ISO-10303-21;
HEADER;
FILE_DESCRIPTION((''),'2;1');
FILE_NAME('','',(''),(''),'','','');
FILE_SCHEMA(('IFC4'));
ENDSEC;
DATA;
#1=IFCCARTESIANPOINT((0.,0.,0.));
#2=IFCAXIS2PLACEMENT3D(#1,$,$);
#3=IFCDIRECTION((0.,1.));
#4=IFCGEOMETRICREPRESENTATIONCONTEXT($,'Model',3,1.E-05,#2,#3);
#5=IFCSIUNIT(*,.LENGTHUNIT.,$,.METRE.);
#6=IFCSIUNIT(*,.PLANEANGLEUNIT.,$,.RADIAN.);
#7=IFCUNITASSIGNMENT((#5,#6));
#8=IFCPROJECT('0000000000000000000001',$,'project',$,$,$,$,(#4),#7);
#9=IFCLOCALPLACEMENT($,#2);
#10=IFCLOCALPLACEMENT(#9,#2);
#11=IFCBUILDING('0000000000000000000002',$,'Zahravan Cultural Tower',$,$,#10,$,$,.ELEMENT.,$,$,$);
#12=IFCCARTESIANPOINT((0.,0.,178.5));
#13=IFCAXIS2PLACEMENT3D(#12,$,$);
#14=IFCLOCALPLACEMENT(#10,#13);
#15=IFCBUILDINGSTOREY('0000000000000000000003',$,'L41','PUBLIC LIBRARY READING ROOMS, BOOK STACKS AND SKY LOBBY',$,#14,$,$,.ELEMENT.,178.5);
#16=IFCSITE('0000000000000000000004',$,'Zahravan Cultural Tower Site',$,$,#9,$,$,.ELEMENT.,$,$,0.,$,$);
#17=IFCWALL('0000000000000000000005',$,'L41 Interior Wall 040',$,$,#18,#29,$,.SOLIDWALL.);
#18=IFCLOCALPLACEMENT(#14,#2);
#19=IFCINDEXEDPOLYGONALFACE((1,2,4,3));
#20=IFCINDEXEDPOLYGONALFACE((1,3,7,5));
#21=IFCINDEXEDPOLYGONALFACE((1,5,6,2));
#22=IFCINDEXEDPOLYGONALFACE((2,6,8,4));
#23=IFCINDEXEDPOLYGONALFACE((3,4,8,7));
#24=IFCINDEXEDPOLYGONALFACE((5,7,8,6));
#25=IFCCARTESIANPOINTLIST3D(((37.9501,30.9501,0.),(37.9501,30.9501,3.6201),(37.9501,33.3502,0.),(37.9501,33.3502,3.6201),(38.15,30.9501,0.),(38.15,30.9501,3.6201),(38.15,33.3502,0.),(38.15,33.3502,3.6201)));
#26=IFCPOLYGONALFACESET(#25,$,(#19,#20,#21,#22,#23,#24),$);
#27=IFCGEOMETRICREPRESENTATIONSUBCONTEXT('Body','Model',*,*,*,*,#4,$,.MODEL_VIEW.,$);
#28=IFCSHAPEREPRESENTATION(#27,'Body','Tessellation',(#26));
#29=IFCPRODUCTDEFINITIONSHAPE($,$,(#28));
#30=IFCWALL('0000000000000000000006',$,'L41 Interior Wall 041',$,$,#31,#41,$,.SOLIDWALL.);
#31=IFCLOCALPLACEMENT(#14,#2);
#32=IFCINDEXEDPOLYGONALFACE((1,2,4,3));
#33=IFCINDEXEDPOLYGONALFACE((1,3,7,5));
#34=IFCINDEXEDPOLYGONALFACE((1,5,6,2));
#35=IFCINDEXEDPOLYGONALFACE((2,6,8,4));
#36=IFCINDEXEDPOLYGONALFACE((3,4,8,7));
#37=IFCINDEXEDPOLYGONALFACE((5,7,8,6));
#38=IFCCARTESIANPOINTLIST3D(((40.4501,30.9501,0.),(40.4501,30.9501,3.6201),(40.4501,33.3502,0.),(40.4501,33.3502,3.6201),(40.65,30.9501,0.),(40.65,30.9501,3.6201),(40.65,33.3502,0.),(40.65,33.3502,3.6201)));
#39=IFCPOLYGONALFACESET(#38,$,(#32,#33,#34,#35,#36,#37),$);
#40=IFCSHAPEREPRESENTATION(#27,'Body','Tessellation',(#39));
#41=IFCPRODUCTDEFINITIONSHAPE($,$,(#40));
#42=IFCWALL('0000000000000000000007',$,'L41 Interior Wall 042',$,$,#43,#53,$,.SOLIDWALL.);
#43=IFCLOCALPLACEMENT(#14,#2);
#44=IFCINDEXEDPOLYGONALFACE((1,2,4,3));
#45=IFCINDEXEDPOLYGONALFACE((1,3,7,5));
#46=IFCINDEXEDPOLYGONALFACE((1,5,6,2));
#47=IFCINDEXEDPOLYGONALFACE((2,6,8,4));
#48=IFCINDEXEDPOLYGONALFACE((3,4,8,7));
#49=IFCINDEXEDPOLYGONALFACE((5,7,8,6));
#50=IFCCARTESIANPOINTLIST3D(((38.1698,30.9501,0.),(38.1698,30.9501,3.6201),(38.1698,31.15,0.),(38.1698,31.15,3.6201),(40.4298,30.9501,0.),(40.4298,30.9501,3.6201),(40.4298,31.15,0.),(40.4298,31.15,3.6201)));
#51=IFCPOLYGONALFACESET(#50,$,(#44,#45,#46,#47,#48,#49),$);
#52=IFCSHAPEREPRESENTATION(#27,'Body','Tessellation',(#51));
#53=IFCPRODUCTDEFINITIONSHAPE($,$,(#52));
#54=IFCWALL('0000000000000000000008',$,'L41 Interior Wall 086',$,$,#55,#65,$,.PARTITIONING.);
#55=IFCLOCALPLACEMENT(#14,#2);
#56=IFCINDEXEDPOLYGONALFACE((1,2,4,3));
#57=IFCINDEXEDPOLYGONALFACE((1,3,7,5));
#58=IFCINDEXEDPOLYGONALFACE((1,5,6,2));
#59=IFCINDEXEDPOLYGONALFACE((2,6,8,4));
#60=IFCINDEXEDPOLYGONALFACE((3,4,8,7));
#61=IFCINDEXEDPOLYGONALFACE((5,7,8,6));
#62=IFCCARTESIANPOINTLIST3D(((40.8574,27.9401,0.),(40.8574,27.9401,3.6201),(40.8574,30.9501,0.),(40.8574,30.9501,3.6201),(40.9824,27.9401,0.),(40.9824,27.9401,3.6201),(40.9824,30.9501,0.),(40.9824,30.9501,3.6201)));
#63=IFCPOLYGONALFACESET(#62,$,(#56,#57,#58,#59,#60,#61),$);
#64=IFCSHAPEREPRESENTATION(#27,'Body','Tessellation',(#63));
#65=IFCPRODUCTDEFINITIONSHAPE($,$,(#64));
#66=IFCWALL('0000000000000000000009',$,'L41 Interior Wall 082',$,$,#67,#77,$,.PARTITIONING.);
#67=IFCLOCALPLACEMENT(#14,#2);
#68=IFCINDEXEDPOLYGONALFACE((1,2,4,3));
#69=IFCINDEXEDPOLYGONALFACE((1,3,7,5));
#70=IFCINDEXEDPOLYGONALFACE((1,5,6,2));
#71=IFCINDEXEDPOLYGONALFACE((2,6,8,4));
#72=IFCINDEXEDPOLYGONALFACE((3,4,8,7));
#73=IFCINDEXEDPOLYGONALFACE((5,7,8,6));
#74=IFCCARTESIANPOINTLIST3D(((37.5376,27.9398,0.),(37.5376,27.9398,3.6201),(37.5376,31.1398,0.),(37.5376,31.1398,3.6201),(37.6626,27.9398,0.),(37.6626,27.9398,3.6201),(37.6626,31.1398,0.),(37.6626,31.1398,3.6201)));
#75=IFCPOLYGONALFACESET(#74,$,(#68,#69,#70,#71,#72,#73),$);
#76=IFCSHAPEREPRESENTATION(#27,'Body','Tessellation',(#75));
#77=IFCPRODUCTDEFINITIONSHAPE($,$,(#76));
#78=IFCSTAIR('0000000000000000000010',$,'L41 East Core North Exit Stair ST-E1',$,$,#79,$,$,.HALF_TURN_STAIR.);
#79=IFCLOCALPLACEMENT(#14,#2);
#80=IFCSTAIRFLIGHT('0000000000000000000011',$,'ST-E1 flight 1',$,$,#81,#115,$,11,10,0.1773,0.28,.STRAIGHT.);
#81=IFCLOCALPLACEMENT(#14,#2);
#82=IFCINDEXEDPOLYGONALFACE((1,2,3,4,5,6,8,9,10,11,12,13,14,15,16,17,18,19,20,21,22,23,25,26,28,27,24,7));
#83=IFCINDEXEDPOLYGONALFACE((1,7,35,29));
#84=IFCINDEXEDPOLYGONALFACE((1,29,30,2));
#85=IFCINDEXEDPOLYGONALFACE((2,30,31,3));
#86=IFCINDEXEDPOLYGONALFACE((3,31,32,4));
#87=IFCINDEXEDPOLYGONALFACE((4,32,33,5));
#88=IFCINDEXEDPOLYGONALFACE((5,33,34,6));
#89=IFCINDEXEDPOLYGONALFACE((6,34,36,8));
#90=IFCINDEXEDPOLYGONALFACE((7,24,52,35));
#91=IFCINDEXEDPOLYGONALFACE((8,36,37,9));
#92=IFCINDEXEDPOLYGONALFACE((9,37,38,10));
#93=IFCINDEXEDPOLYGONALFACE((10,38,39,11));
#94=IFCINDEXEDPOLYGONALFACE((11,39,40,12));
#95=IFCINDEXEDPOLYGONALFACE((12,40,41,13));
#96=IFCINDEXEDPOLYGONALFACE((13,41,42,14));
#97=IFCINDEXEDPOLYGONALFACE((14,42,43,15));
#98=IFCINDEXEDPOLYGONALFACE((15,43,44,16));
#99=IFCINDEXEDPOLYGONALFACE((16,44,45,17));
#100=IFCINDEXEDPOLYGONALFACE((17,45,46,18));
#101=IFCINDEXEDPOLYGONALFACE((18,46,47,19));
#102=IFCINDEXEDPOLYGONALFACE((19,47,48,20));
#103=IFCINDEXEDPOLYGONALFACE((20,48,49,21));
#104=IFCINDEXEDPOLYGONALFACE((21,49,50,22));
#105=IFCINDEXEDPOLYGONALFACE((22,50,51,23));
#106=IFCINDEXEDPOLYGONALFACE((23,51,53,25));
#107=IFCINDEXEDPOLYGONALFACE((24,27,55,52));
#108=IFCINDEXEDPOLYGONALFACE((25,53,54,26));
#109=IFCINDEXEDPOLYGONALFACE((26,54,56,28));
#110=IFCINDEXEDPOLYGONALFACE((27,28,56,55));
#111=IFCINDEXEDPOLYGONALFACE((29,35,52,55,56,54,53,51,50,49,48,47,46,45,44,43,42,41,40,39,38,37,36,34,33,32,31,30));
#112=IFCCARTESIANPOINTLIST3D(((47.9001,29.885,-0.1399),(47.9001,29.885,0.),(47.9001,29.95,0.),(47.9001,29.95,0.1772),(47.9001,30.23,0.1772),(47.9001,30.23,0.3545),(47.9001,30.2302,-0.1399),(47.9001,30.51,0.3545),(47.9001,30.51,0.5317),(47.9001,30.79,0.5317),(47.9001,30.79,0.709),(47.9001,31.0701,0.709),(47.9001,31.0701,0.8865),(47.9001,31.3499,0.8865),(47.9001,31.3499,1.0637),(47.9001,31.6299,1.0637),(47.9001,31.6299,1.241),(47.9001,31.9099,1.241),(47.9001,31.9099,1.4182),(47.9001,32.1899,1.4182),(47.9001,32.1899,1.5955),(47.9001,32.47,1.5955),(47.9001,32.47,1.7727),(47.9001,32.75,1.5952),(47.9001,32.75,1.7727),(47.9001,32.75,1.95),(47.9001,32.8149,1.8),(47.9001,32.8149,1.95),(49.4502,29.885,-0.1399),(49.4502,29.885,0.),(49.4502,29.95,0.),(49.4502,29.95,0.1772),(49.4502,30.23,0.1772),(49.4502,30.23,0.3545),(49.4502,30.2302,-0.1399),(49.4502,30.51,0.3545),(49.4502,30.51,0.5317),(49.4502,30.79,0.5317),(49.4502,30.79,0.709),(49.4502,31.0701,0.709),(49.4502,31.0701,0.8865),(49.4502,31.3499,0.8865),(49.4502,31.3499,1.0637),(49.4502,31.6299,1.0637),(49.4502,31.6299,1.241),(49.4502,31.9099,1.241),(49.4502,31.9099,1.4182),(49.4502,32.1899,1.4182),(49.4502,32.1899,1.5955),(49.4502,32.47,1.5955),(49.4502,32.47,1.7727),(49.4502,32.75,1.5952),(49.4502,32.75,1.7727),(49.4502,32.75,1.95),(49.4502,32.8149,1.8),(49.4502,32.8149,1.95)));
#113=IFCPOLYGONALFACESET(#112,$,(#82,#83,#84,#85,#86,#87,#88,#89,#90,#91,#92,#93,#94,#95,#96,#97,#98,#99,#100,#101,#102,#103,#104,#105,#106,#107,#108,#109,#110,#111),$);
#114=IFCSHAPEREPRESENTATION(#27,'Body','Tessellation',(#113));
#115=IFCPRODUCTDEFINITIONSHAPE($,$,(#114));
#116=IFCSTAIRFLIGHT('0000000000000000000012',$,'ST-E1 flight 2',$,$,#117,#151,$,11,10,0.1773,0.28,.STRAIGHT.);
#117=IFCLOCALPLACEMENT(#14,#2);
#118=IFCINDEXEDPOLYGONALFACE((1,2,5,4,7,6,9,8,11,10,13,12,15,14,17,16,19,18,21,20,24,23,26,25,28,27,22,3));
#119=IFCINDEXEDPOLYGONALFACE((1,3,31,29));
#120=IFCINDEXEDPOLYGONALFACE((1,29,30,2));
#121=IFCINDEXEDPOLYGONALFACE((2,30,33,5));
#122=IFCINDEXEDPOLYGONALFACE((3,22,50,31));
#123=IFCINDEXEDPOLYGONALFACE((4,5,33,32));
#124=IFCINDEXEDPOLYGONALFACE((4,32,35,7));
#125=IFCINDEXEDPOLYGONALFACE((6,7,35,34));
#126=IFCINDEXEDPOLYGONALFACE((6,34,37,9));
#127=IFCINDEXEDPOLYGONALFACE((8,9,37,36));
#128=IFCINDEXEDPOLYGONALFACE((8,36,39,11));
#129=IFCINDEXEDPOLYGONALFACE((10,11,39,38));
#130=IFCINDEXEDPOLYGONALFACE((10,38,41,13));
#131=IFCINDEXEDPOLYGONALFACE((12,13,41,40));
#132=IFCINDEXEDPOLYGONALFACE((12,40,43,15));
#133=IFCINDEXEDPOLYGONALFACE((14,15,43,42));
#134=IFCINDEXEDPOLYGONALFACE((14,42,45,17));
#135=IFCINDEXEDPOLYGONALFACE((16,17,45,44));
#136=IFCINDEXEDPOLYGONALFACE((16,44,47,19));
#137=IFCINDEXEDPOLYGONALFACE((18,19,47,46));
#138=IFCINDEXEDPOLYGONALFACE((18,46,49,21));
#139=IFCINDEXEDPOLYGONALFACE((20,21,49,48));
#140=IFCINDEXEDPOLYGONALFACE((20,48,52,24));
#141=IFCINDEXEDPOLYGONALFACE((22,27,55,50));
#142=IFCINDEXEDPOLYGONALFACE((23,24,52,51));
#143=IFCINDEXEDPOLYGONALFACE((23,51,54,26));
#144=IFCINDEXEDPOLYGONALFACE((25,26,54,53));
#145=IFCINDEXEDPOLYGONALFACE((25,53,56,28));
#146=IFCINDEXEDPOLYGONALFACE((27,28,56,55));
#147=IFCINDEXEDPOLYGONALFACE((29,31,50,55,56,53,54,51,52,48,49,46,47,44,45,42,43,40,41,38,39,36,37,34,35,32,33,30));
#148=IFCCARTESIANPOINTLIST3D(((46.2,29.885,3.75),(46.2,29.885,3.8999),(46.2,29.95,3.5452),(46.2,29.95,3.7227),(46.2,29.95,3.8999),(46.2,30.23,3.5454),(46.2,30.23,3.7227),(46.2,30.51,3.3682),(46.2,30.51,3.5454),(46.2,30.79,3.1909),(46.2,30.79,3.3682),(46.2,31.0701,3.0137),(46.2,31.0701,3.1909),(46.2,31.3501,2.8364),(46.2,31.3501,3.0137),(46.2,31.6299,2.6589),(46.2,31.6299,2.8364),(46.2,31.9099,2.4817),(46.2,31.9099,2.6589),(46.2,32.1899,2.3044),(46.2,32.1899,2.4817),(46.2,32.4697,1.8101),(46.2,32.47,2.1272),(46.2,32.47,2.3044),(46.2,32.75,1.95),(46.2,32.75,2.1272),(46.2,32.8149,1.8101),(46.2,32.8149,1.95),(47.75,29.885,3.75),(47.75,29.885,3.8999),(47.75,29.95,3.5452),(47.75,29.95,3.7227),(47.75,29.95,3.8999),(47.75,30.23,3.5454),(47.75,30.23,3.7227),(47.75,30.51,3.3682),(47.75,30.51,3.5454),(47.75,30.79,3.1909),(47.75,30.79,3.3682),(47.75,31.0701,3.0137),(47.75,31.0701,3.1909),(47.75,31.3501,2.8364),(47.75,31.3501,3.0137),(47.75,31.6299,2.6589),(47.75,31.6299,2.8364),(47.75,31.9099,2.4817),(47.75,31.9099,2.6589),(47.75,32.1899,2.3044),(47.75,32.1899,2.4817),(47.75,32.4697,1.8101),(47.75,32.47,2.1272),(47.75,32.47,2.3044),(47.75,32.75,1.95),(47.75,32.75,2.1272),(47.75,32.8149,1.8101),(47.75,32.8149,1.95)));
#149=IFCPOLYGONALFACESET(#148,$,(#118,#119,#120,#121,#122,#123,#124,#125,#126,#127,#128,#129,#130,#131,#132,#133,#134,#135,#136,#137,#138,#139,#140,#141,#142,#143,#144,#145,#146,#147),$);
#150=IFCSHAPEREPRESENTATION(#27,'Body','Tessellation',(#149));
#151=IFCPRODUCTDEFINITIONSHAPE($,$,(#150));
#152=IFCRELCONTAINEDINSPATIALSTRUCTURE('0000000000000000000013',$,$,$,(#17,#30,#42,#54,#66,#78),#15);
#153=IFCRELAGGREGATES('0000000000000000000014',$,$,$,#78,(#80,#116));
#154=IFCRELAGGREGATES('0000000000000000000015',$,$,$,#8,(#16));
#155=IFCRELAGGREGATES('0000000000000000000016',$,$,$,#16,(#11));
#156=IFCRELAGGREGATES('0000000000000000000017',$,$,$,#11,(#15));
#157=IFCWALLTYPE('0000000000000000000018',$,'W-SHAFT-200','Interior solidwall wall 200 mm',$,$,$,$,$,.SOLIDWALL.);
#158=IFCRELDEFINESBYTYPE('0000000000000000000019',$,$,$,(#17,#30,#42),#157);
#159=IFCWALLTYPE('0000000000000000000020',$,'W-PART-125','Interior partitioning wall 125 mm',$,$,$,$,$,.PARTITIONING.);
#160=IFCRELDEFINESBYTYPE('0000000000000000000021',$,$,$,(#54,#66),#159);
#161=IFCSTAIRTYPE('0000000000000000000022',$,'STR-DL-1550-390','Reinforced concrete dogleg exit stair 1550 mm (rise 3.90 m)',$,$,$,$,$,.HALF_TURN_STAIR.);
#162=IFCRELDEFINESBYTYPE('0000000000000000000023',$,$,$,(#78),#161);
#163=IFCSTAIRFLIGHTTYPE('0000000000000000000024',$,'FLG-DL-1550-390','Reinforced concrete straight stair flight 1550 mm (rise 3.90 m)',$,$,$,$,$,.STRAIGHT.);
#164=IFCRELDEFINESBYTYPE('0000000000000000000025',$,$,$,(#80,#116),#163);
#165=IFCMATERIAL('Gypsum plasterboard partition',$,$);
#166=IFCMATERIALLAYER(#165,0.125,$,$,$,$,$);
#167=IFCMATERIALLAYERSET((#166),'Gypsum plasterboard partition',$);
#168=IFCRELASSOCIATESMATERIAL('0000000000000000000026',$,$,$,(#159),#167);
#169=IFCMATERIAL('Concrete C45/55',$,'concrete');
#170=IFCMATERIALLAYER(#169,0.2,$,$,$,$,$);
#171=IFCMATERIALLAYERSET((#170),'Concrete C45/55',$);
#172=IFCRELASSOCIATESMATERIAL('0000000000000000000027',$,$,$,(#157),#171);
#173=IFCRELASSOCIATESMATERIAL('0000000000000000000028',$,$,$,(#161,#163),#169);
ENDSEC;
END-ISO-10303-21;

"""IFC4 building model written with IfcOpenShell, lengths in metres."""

from ifc_helpers import new_model, si_unit, direction, frame, frame_2d, origin, place, context, subcontext, project, spatial, polyline, rectangle, outline, extrude, source, transform, mapped, material, layer, layer_set, type_object, element, aggregate, save


model = new_model("IFC4")

# Units and contexts
model_context = context("Model", 3, precision=1e-05, world=origin(), true_north=direction((0.0, 1.0)))
body_context = subcontext(model_context, "Body", "Model", "MODEL_VIEW")
ifc_project = project(units=[si_unit("LENGTHUNIT", "METRE"), si_unit("PLANEANGLEUNIT", "RADIAN")], contexts=[model_context])

# Site, building, storey
site_placement = place(None, origin())
site = spatial("IfcSite", under=ifc_project, at=site_placement, Name="Zahravan Cultural Tower Site", CompositionType="ELEMENT", RefElevation=0.0)
building_placement = place(site_placement, origin())
building = spatial("IfcBuilding", under=site, at=building_placement, Name="Zahravan Cultural Tower", CompositionType="ELEMENT")
storey_placement = place(building_placement, frame((0.0, 0.0, 178.5)))
storey = spatial("IfcBuildingStorey", under=building, at=storey_placement, Name="L41", Description="PUBLIC LIBRARY READING ROOMS, BOOK STACKS AND SKY LOBBY", CompositionType="ELEMENT", Elevation=178.5)

# Shared definitions
ifc_material_1 = material(Name="Gypsum plasterboard partition")
ifc_layer_1 = layer(ifc_material_1, 0.125)
ifc_layer_set_1 = layer_set([ifc_layer_1], Name="Gypsum plasterboard partition")
wall_type_1 = type_object("IfcWallType", Name="W-PART-125", Description="Interior partitioning wall 125 mm", PredefinedType="PARTITIONING", material=ifc_layer_set_1)
ifc_material_2 = material(Name="Concrete C45/55", Category="concrete")
ifc_layer_2 = layer(ifc_material_2, 0.2)
ifc_layer_set_2 = layer_set([ifc_layer_2], Name="Concrete C45/55")
wall_type_2 = type_object("IfcWallType", Name="W-SHAFT-200", Description="Interior solidwall wall 200 mm", PredefinedType="SOLIDWALL", material=ifc_layer_set_2)

# Walls
shared_shape_1 = source(origin(), body_context, "Body", "SweptSolid", [
    extrude(rectangle(XDim=2.4001, YDim=0.2, at=frame_2d((1.2002, 0.0))), origin(), (0.0, 0.0, 1.0), 3.6201),
])
for number, where, z_axis, x_axis, name in (
    (1, (38.05, 30.95, 0.0), (0.0, 0.0, 1.0), (0.0, 1.0, 0.0), "L41 Interior Wall 040"),
    (2, (40.55, 30.95, 0.0), (0.0, 0.0, 1.0), (0.0, 1.0, 0.0), "L41 Interior Wall 041"),
):
    element("IfcWall", number, at=place(storey_placement, frame(where, z_axis=z_axis, x_axis=x_axis)), inside=storey, type_object=wall_type_2, Name=name, PredefinedType="SOLIDWALL", context=body_context, shape_type="MappedRepresentation", body=[
        mapped(shared_shape_1, transform((0.0, 0.0, 0.0), x_axis=(1.0, 0.0, 0.0), y_axis=(0.0, 1.0, 0.0), z_axis=(0.0, 0.0, 1.0), scale=1.0)),
    ])
shared_shape_2 = source(origin(), body_context, "Body", "SweptSolid", [
    extrude(rectangle(XDim=2.26, YDim=0.2, at=frame_2d((1.1299, 0.0))), origin(), (0.0, 0.0, 1.0), 3.6201),
])
wall_1_placement = place(storey_placement, frame((38.1699, 31.05, 0.0), z_axis=(0.0, 0.0, 1.0), x_axis=(1.0, 0.0, 0.0)))
element("IfcWall", 3, at=wall_1_placement, inside=storey, type_object=wall_type_2, Name="L41 Interior Wall 042", PredefinedType="SOLIDWALL", context=body_context, shape_type="MappedRepresentation", body=[
    mapped(shared_shape_2, transform((0.0, 0.0, 0.0), x_axis=(1.0, 0.0, 0.0), y_axis=(0.0, 1.0, 0.0), z_axis=(0.0, 0.0, 1.0), scale=1.0)),
])
shared_shape_3 = source(origin(), body_context, "Body", "SweptSolid", [
    extrude(rectangle(XDim=3.01, YDim=0.125, at=frame_2d((1.5049, 0.0))), origin(), (0.0, 0.0, 1.0), 3.6201),
])
wall_2_placement = place(storey_placement, frame((40.9199, 30.95, 0.0), z_axis=(0.0, 0.0, 1.0), x_axis=(0.0, -1.0, 0.0)))
element("IfcWall", 4, at=wall_2_placement, inside=storey, type_object=wall_type_1, Name="L41 Interior Wall 086", PredefinedType="PARTITIONING", context=body_context, shape_type="MappedRepresentation", body=[
    mapped(shared_shape_3, transform((0.0, 0.0, 0.0), x_axis=(1.0, 0.0, 0.0), y_axis=(0.0, 1.0, 0.0), z_axis=(0.0, 0.0, 1.0), scale=1.0)),
])
shared_shape_4 = source(origin(), body_context, "Body", "SweptSolid", [
    extrude(rectangle(XDim=3.2, YDim=0.125, at=frame_2d((1.6001, 0.0))), origin(), (0.0, 0.0, 1.0), 3.6201),
])
wall_3_placement = place(storey_placement, frame((37.6001, 31.1399, 0.0), z_axis=(0.0, 0.0, 1.0), x_axis=(0.0, -1.0, 0.0)))
element("IfcWall", 5, at=wall_3_placement, inside=storey, type_object=wall_type_1, Name="L41 Interior Wall 082", PredefinedType="PARTITIONING", context=body_context, shape_type="MappedRepresentation", body=[
    mapped(shared_shape_4, transform((0.0, 0.0, 0.0), x_axis=(1.0, 0.0, 0.0), y_axis=(0.0, 1.0, 0.0), z_axis=(0.0, 0.0, 1.0), scale=1.0)),
])

# Stair, stair flights
stair_type = type_object("IfcStairType", Name="STR-DL-1550-390", Description="Reinforced concrete dogleg exit stair 1550 mm (rise 3.90 m)", PredefinedType="HALF_TURN_STAIR", material=ifc_material_2)
stair_placement = place(storey_placement, origin())
stair = element("IfcStair", 6, at=stair_placement, inside=storey, type_object=stair_type, Name="L41 East Core North Exit Stair ST-E1", PredefinedType="HALF_TURN_STAIR")
stair_flight_type = type_object("IfcStairFlightType", Name="FLG-DL-1550-390", Description="Reinforced concrete straight stair flight 1550 mm (rise 3.90 m)", PredefinedType="STRAIGHT", material=ifc_material_2)
stair_flight_1_placement = place(storey_placement, frame((48.675, 29.95, 0.0), z_axis=(0.0, 0.0, 1.0), x_axis=(0.0, 1.0, 0.0)))
stair_flight_1 = element("IfcStairFlight", 7, at=stair_flight_1_placement, type_object=stair_flight_type, Name="ST-E1 flight 1", NumberOfRisers=11, NumberOfTreads=10, PredefinedType="STRAIGHT", RiserHeight=0.1773, TreadLength=0.28, context=body_context, shape_type="SweptSolid", body=[
    extrude(outline(polyline([(-0.0649, -0.1399), (-0.0649, 0.0), (0.0, 0.0), (0.0, 0.1772), (0.28, 0.1772), (0.28, 0.3545), (0.5601, 0.3545), (0.5601, 0.5317), (0.8401, 0.5317), (0.8401, 0.709), (1.1201, 0.709), (1.1201, 0.8865), (1.3999, 0.8865), (1.3999, 1.0637), (1.6799, 1.0637), (1.6799, 1.241), (1.96, 1.241), (1.96, 1.4182), (2.24, 1.4182), (2.24, 1.5955), (2.52, 1.5955), (2.52, 1.7727), (2.8, 1.7727), (2.8, 1.95), (2.865, 1.95), (2.865, 1.8), (2.8, 1.5952), (0.2803, -0.1399), (-0.0649, -0.1399)])), frame((0.0, 0.7749, 0.0), z_axis=(0.0, -1.0, 0.0), x_axis=(1.0, 0.0, 0.0)), (0.0, 0.0, 1.0), 1.55),
])
stair_flight_2_placement = place(storey_placement, frame((46.9751, 32.75, 1.95), z_axis=(0.0, 0.0, 1.0), x_axis=(0.0, -1.0, 0.0)))
stair_flight_2 = element("IfcStairFlight", 8, at=stair_flight_2_placement, type_object=stair_flight_type, Name="ST-E1 flight 2", NumberOfRisers=11, NumberOfTreads=10, PredefinedType="STRAIGHT", RiserHeight=0.1773, TreadLength=0.28, context=body_context, shape_type="SweptSolid", body=[
    extrude(outline(polyline([(-0.0649, -0.1399), (-0.0649, 0.0), (0.0, 0.0), (0.0, 0.1772), (0.28, 0.1772), (0.28, 0.3545), (0.5601, 0.3545), (0.5601, 0.5317), (0.8401, 0.5317), (0.8401, 0.709), (1.1201, 0.709), (1.1201, 0.8865), (1.3999, 0.8865), (1.3999, 1.0637), (1.6799, 1.0637), (1.6799, 1.241), (1.96, 1.241), (1.96, 1.4182), (2.24, 1.4182), (2.24, 1.5955), (2.52, 1.5955), (2.52, 1.7727), (2.8, 1.7727), (2.8, 1.95), (2.865, 1.95), (2.865, 1.8), (2.8, 1.5952), (0.2803, -0.1399), (-0.0649, -0.1399)])), frame((0.0, 0.7749, 0.0), z_axis=(0.0, -1.0, 0.0), x_axis=(1.0, 0.0, 0.0)), (0.0, 0.0, 1.0), 1.55),
])
aggregate(stair, [stair_flight_1, stair_flight_2])

save(model, "model.ifc")
